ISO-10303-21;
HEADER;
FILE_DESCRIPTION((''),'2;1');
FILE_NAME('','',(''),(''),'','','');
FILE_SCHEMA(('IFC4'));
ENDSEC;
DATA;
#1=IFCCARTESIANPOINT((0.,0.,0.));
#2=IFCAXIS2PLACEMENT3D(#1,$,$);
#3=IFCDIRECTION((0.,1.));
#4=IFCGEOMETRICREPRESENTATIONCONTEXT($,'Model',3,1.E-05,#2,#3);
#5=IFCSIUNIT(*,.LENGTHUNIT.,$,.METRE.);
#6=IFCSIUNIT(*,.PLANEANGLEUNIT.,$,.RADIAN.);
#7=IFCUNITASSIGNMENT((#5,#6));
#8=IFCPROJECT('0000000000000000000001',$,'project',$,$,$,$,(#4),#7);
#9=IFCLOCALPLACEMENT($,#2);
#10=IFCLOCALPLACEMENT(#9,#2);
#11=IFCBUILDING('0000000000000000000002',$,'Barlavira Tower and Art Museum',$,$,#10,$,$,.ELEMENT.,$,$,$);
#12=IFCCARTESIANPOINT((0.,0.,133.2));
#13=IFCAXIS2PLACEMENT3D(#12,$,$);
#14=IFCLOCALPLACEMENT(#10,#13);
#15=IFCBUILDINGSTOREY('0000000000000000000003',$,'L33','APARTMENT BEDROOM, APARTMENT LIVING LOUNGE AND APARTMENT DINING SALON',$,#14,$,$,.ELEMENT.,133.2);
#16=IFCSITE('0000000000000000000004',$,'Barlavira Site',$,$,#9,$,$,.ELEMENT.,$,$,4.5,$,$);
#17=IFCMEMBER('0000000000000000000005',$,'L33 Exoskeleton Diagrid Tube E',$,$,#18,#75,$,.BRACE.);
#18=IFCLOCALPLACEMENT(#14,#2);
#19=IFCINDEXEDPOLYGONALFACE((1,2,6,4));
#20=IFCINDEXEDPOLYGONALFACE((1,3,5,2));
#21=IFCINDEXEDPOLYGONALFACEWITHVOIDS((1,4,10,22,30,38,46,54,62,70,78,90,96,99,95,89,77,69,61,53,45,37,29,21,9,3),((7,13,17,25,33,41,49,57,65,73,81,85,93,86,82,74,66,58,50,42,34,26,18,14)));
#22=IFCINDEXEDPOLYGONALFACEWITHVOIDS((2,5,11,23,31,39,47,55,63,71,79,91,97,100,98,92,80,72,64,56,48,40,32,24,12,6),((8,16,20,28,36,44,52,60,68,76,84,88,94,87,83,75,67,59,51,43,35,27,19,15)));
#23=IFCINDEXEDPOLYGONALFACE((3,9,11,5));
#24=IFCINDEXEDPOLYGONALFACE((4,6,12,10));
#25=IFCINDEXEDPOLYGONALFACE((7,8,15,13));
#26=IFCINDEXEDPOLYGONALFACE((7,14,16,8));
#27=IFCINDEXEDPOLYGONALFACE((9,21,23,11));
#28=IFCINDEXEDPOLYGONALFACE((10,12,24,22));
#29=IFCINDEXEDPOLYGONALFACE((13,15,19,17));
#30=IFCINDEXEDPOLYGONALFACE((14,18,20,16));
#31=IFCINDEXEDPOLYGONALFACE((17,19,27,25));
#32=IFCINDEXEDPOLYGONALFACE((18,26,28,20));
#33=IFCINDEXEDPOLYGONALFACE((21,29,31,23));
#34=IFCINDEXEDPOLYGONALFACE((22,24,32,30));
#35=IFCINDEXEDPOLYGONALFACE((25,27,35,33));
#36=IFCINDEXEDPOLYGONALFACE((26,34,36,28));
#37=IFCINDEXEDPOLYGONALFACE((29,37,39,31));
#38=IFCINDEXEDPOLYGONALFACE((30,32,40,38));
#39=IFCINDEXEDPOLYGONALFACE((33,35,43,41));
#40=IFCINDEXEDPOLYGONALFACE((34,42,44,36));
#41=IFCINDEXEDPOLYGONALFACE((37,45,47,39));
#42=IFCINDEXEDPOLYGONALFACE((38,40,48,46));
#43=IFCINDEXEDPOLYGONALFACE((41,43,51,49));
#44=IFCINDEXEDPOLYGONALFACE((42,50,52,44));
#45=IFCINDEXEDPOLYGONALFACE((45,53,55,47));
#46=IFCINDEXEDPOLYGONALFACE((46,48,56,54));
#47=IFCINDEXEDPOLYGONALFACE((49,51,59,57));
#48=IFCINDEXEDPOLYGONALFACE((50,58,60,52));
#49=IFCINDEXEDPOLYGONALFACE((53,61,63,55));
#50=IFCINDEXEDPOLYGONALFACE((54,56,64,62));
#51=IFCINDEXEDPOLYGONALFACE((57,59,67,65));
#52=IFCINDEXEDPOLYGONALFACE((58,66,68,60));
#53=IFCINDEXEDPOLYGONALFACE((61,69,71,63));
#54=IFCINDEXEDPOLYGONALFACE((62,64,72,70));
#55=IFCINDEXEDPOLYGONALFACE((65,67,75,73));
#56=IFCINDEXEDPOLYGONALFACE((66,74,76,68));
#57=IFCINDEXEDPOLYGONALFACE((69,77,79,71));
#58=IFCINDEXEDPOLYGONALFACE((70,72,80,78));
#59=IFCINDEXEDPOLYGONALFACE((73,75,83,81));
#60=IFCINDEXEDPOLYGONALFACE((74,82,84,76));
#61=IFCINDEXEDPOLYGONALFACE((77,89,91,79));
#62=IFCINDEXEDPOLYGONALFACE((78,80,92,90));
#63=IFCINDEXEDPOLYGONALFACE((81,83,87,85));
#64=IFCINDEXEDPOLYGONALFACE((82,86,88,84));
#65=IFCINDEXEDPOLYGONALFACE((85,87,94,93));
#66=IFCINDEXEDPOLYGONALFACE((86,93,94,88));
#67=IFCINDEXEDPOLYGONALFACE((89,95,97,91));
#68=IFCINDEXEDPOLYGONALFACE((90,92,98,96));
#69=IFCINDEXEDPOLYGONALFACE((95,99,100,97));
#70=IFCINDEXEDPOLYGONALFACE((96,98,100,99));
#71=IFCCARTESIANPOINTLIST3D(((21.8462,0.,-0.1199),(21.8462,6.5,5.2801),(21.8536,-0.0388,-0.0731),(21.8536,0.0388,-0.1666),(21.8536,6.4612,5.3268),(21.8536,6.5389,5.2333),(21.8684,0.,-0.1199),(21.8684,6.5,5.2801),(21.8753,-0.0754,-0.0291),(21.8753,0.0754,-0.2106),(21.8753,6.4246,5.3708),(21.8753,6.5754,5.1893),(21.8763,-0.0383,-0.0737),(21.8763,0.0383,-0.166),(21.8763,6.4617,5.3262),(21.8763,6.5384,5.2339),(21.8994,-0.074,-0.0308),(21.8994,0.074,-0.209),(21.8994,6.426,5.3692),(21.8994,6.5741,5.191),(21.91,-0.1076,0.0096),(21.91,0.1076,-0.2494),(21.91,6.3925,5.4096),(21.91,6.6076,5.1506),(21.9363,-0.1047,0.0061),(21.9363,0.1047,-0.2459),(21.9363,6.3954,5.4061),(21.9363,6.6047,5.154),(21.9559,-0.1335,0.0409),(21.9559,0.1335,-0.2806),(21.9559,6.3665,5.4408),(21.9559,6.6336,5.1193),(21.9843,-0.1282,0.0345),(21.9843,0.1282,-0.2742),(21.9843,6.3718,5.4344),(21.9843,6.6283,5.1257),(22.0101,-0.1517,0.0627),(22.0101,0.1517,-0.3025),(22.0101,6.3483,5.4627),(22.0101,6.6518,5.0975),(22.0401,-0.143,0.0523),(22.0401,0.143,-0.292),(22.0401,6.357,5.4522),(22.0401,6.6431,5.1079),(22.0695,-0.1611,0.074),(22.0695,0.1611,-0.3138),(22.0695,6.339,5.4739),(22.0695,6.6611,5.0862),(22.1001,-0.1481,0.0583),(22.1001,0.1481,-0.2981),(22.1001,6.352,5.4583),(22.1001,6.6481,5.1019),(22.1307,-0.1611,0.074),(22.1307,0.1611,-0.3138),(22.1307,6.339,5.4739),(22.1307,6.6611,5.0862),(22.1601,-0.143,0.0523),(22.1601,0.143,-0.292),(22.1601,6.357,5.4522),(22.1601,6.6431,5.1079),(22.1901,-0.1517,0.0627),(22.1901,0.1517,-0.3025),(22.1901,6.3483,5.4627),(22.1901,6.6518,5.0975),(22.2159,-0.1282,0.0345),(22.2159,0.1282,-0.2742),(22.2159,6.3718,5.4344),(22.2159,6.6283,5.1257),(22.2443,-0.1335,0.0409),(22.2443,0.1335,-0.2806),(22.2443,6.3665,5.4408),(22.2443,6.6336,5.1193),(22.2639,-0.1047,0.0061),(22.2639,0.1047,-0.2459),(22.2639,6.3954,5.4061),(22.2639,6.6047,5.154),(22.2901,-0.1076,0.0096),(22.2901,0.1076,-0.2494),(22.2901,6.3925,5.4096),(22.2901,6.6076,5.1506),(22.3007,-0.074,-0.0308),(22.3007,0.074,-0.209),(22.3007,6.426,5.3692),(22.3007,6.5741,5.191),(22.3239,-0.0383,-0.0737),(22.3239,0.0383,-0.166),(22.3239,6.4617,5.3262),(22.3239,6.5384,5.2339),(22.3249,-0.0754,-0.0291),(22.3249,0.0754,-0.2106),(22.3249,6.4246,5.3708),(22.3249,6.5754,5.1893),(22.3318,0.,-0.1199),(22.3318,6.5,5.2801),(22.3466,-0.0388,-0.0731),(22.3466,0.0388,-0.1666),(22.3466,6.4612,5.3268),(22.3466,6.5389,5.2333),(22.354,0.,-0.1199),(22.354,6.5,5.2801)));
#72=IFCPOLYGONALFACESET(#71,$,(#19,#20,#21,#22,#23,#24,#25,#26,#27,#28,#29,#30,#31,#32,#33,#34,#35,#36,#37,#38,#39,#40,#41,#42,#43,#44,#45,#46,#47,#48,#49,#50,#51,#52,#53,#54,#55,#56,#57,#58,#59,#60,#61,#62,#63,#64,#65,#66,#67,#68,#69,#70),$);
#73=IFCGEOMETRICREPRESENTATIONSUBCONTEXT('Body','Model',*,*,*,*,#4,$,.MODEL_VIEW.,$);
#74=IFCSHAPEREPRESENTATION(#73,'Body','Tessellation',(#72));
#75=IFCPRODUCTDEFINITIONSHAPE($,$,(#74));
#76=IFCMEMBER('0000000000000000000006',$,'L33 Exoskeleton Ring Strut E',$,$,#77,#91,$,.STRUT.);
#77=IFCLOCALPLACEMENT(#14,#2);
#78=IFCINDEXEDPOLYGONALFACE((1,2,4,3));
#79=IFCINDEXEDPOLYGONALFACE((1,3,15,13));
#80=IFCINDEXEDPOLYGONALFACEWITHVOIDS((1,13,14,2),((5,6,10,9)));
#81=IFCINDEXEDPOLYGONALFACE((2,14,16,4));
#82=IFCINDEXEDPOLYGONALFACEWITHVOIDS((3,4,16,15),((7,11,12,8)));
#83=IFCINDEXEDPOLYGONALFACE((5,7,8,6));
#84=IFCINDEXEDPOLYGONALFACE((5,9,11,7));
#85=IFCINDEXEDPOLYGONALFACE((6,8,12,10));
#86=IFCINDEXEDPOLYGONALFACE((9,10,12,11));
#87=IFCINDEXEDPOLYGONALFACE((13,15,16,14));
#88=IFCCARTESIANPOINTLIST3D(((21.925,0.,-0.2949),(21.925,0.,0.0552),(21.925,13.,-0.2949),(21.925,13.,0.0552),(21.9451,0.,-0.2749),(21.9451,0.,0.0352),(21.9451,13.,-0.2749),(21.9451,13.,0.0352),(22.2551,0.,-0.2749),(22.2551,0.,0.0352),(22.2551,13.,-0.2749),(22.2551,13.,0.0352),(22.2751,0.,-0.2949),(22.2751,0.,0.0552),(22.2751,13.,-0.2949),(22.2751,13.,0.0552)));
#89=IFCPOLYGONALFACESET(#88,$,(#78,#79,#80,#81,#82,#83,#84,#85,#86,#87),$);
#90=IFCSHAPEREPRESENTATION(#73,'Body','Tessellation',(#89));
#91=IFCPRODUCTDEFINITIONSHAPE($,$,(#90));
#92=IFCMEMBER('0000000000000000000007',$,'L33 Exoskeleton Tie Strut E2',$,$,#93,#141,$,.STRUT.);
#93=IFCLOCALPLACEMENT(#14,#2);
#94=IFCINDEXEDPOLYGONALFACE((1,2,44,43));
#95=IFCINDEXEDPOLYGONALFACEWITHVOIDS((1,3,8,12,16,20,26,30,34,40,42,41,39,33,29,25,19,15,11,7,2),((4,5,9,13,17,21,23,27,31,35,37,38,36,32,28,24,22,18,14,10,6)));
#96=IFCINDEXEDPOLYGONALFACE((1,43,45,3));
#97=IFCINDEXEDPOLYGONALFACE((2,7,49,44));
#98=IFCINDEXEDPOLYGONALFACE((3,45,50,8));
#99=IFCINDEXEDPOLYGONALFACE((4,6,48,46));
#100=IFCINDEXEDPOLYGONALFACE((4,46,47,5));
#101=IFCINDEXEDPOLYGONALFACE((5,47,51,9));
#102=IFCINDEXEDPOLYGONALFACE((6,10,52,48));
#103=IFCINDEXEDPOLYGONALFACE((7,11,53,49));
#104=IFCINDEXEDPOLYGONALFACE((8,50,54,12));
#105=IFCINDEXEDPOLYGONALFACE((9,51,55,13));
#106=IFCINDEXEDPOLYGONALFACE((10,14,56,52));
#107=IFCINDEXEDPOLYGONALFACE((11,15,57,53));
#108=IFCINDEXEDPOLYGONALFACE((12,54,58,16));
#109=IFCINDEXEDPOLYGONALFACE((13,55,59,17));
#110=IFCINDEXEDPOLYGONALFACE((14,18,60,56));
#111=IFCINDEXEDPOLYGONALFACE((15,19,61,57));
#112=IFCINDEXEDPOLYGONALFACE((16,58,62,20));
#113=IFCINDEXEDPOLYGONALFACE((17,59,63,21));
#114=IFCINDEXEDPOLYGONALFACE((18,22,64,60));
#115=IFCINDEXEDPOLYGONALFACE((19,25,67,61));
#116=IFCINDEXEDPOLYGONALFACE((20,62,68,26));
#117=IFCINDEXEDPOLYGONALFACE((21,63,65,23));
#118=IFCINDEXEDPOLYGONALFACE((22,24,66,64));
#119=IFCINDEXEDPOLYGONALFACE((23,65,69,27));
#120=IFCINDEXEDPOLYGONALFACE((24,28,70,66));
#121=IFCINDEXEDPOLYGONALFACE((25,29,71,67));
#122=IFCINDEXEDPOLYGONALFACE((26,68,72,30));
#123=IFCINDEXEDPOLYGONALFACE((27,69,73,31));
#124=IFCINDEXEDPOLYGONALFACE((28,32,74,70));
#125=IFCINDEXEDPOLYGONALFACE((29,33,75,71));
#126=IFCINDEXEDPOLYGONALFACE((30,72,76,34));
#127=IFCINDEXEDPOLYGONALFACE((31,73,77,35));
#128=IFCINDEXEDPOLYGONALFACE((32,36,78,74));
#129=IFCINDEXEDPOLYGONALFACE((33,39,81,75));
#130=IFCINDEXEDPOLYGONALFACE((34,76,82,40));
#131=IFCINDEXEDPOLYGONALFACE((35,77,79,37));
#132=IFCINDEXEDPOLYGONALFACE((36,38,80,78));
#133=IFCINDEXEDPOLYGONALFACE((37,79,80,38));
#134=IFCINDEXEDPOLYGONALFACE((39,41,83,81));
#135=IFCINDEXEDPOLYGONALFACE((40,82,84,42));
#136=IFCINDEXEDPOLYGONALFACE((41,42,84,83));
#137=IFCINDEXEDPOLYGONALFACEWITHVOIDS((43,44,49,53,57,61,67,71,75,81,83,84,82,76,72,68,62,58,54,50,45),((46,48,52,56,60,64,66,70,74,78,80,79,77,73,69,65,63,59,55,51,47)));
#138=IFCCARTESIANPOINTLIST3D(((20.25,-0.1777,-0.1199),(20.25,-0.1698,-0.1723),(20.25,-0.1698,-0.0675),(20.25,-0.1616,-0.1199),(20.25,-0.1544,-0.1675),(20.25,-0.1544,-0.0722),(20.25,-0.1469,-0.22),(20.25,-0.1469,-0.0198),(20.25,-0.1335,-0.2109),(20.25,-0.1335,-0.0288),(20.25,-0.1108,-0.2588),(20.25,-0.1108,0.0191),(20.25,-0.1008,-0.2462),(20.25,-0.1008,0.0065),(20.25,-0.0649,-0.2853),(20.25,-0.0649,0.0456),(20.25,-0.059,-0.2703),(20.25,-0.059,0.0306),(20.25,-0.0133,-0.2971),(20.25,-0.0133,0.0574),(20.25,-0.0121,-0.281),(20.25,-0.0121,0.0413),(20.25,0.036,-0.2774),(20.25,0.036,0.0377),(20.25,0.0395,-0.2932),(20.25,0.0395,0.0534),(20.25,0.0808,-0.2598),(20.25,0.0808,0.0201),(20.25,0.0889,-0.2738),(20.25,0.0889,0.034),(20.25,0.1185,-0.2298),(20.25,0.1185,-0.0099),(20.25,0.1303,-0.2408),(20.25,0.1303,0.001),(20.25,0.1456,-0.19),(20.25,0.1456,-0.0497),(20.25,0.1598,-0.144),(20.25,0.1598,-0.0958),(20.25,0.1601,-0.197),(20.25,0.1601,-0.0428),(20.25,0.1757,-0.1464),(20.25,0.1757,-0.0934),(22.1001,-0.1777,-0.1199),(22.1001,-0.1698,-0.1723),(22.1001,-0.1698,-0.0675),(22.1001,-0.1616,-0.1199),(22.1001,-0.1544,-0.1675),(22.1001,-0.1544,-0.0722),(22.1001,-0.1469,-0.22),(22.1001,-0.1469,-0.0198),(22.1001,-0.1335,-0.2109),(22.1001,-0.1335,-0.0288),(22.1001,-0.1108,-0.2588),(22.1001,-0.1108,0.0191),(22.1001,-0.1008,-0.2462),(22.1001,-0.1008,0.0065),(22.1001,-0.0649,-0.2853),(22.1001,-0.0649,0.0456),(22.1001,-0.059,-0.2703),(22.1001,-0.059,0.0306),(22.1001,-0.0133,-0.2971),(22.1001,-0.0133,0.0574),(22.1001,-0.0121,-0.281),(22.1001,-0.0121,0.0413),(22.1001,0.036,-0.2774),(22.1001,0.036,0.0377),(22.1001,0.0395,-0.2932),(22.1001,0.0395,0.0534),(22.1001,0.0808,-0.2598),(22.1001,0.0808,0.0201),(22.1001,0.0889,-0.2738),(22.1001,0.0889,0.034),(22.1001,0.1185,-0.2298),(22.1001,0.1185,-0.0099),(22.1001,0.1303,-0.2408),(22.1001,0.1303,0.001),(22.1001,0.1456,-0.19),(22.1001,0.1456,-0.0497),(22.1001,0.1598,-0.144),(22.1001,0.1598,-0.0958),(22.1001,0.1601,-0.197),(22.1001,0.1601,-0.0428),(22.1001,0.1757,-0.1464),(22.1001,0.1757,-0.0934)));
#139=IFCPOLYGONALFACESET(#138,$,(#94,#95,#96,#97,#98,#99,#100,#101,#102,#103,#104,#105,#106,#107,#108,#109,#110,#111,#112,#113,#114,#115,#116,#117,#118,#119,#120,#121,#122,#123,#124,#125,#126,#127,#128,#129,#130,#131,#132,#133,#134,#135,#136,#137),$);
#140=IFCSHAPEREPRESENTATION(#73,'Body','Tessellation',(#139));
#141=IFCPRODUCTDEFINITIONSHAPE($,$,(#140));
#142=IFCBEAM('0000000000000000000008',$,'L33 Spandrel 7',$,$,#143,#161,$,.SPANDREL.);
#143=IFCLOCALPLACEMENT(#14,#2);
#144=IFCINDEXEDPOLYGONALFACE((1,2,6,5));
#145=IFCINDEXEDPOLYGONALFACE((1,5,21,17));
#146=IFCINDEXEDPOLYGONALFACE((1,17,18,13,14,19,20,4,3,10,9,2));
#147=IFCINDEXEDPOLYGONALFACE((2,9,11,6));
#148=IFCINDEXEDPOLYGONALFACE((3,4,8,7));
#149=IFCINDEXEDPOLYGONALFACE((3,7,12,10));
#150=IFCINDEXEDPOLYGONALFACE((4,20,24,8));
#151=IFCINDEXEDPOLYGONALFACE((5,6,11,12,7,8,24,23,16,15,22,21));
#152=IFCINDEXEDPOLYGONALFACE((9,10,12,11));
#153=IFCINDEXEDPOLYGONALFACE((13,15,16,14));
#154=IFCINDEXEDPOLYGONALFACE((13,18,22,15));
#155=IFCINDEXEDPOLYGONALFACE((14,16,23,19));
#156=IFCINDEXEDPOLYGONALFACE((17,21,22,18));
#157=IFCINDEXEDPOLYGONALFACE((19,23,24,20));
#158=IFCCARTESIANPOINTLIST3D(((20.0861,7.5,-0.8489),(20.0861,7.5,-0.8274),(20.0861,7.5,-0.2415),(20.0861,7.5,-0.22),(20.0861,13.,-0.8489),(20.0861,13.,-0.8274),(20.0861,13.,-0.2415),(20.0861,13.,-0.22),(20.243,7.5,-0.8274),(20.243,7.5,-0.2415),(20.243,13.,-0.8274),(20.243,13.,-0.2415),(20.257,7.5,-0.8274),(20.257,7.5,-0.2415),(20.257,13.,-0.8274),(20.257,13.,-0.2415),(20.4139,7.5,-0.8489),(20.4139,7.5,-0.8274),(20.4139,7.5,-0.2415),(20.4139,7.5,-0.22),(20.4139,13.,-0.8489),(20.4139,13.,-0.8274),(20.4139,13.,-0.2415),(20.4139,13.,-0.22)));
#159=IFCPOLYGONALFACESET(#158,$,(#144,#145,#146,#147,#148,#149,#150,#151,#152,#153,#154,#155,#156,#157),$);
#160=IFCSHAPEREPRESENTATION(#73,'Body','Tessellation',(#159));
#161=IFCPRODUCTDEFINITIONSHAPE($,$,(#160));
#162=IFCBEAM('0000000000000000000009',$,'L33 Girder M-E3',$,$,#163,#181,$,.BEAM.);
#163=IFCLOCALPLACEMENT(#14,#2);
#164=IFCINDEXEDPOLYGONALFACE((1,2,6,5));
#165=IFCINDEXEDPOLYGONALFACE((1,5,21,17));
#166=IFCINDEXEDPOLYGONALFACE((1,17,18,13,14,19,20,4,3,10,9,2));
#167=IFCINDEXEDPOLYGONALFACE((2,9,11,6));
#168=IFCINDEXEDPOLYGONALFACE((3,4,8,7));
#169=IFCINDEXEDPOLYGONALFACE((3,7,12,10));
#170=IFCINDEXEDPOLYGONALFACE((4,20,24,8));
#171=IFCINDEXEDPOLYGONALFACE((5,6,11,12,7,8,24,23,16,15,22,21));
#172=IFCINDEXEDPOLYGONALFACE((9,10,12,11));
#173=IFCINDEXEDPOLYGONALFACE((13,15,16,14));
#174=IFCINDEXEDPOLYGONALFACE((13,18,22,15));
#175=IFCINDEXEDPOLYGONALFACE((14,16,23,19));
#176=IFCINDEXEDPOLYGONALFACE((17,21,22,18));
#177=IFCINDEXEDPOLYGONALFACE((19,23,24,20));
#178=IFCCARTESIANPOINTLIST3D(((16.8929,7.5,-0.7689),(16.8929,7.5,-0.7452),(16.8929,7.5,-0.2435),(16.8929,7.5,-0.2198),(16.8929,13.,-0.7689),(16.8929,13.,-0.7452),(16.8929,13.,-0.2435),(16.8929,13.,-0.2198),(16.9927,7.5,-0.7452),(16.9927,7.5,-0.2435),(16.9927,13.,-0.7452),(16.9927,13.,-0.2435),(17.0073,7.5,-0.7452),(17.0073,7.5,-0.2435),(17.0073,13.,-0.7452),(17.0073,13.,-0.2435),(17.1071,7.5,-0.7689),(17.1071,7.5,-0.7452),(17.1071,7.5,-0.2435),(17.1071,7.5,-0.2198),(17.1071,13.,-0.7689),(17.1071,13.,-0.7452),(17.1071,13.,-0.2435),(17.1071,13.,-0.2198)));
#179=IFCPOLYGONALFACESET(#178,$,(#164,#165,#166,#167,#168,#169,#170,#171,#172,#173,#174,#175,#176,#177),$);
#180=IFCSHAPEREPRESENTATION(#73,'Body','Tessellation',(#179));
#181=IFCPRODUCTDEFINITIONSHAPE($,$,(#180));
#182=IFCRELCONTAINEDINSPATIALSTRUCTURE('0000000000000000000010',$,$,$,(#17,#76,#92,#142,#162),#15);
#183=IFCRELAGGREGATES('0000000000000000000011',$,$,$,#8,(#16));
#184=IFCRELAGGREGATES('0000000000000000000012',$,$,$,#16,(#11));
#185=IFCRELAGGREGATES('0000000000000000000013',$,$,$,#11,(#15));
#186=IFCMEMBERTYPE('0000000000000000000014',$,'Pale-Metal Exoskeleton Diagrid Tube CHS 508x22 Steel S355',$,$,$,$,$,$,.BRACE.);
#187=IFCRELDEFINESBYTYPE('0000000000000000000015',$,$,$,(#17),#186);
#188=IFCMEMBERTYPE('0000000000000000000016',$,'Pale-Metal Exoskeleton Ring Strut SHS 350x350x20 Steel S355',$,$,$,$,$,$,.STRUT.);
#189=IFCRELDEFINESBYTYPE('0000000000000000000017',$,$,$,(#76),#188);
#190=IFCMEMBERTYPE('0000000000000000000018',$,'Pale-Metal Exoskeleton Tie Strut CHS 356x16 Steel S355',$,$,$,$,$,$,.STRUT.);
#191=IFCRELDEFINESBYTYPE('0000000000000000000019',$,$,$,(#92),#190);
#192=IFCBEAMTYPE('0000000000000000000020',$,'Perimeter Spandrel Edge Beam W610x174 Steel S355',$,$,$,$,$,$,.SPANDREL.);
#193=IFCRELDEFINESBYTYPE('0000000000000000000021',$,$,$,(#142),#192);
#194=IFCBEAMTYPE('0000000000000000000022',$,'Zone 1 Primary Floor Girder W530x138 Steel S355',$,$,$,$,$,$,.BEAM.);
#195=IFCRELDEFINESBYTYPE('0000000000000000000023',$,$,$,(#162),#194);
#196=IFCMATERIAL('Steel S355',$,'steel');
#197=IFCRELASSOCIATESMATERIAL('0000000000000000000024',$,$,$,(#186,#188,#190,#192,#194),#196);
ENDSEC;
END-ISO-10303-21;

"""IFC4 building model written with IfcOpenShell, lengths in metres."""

from ifc_helpers import new_model, si_unit, direction, frame, origin, origin_2d, place, context, subcontext, project, spatial, hollow_rectangle, hollow_circle, i_section, extrude, material, material_profile, profile_set, type_object, element, save


model = new_model("IFC4")

# Units and contexts
model_context = context("Model", 3, precision=1e-05, world=origin(), true_north=direction((0.0, 1.0)))
body_context = subcontext(model_context, "Body", "Model", "MODEL_VIEW")
ifc_project = project(units=[si_unit("LENGTHUNIT", "METRE"), si_unit("PLANEANGLEUNIT", "RADIAN")], contexts=[model_context])

# Site, building, storey
site_placement = place(None, origin())
site = spatial("IfcSite", under=ifc_project, at=site_placement, Name="Barlavira Site", CompositionType="ELEMENT", RefElevation=4.5)
building_placement = place(site_placement, origin())
building = spatial("IfcBuilding", under=site, at=building_placement, Name="Barlavira Tower and Art Museum", CompositionType="ELEMENT")
storey_placement = place(building_placement, frame((0.0, 0.0, 133.2)))
storey = spatial("IfcBuildingStorey", under=building, at=storey_placement, Name="L33", Description="APARTMENT BEDROOM, APARTMENT LIVING LOUNGE AND APARTMENT DINING SALON", CompositionType="ELEMENT", Elevation=133.2)

# Members
ifc_material_1 = material(Name="Steel S355", Category="steel")
ifc_material_profile_1 = material_profile(ifc_material_1, hollow_circle(Radius=0.2539, WallThickness=0.0222, at=origin_2d()), Name="CHS 508.0x22.2")
ifc_profile_set_1 = profile_set([ifc_material_profile_1], Name="Steel S355")
member_type_1 = type_object("IfcMemberType", Name="Pale-Metal Exoskeleton Diagrid Tube CHS 508x22 Steel S355", PredefinedType="BRACE", material=ifc_profile_set_1)
for number, where, z_axis, x_axis, name in (
    (1, (22.1001, 0.0, -0.1199), (0.0, 0.769196, 0.639013), (-1.0, 0.0, 0.0), "L33 Exoskeleton Diagrid Tube E"),
):
    element("IfcMember", number, at=place(storey_placement, frame(where, z_axis=z_axis, x_axis=x_axis)), inside=storey, type_object=member_type_1, Name=name, PredefinedType="BRACE", context=body_context, shape_type="SweptSolid", body=[
        extrude(hollow_circle(Radius=0.2539, WallThickness=0.0222, at=origin_2d()), origin(), (0.0, 0.0, 1.0), 8.4504),
    ])
ifc_material_profile_2 = material_profile(ifc_material_1, hollow_rectangle(XDim=0.3501, YDim=0.3501, WallThickness=0.02, at=origin_2d()), Name="SHS 350x350x20.0")
ifc_profile_set_2 = profile_set([ifc_material_profile_2], Name="Steel S355")
member_type_2 = type_object("IfcMemberType", Name="Pale-Metal Exoskeleton Ring Strut SHS 350x350x20 Steel S355", PredefinedType="STRUT", material=ifc_profile_set_2)
member_1_placement = place(storey_placement, frame((22.1001, 0.0, -0.1199), z_axis=(0.0, 1.0, 0.0), x_axis=(-1.0, 0.0, 0.0)))
element("IfcMember", 2, at=member_1_placement, inside=storey, type_object=member_type_2, Name="L33 Exoskeleton Ring Strut E", PredefinedType="STRUT", context=body_context, shape_type="SweptSolid", body=[
    extrude(hollow_rectangle(XDim=0.3501, YDim=0.3501, WallThickness=0.02, at=origin_2d()), origin(), (0.0, 0.0, 1.0), 13.0),
])
ifc_material_profile_3 = material_profile(ifc_material_1, hollow_circle(Radius=0.1777, WallThickness=0.0161, at=origin_2d()), Name="CHS 355.6x16.0")
ifc_profile_set_3 = profile_set([ifc_material_profile_3], Name="Steel S355")
member_type_3 = type_object("IfcMemberType", Name="Pale-Metal Exoskeleton Tie Strut CHS 356x16 Steel S355", PredefinedType="STRUT", material=ifc_profile_set_3)
member_2_placement = place(storey_placement, frame((22.1001, 0.0, -0.1199), z_axis=(-1.0, 0.0, 0.0), x_axis=(0.0, -1.0, 0.0)))
element("IfcMember", 3, at=member_2_placement, inside=storey, type_object=member_type_3, Name="L33 Exoskeleton Tie Strut E2", PredefinedType="STRUT", context=body_context, shape_type="SweptSolid", body=[
    extrude(hollow_circle(Radius=0.1777, WallThickness=0.0161, at=origin_2d()), origin(), (0.0, 0.0, 1.0), 1.8501),
])

# Beams
ifc_material_profile_4 = material_profile(ifc_material_1, i_section(OverallWidth=0.3279, OverallDepth=0.6289, WebThickness=0.0139, FlangeThickness=0.0215, at=origin_2d()), Name="W610x174.0")
ifc_profile_set_4 = profile_set([ifc_material_profile_4], Name="Steel S355")
beam_type_1 = type_object("IfcBeamType", Name="Perimeter Spandrel Edge Beam W610x174 Steel S355", PredefinedType="SPANDREL", material=ifc_profile_set_4)
beam_1_placement = place(storey_placement, frame((20.25, 7.5, -0.5344), z_axis=(0.0, 1.0, 0.0), x_axis=(-1.0, 0.0, 0.0)))
element("IfcBeam", 4, at=beam_1_placement, inside=storey, type_object=beam_type_1, Name="L33 Spandrel 7", PredefinedType="SPANDREL", context=body_context, shape_type="SweptSolid", body=[
    extrude(i_section(OverallWidth=0.3279, OverallDepth=0.6289, WebThickness=0.0139, FlangeThickness=0.0215, at=origin_2d()), origin(), (0.0, 0.0, 1.0), 5.5),
])
ifc_material_profile_5 = material_profile(ifc_material_1, i_section(OverallWidth=0.2141, OverallDepth=0.5491, WebThickness=0.0146, FlangeThickness=0.0237, at=origin_2d()), Name="W530x138.0")
ifc_profile_set_5 = profile_set([ifc_material_profile_5], Name="Steel S355")
beam_type_2 = type_object("IfcBeamType", Name="Zone 1 Primary Floor Girder W530x138 Steel S355", PredefinedType="BEAM", material=ifc_profile_set_5)
beam_2_placement = place(storey_placement, frame((17.0, 7.5, -0.4944), z_axis=(0.0, 1.0, 0.0), x_axis=(-1.0, 0.0, 0.0)))
element("IfcBeam", 5, at=beam_2_placement, inside=storey, type_object=beam_type_2, Name="L33 Girder M-E3", PredefinedType="BEAM", context=body_context, shape_type="SweptSolid", body=[
    extrude(i_section(OverallWidth=0.2141, OverallDepth=0.5491, WebThickness=0.0146, FlangeThickness=0.0237, at=origin_2d()), origin(), (0.0, 0.0, 1.0), 5.5),
])

save(model, "model.ifc")
